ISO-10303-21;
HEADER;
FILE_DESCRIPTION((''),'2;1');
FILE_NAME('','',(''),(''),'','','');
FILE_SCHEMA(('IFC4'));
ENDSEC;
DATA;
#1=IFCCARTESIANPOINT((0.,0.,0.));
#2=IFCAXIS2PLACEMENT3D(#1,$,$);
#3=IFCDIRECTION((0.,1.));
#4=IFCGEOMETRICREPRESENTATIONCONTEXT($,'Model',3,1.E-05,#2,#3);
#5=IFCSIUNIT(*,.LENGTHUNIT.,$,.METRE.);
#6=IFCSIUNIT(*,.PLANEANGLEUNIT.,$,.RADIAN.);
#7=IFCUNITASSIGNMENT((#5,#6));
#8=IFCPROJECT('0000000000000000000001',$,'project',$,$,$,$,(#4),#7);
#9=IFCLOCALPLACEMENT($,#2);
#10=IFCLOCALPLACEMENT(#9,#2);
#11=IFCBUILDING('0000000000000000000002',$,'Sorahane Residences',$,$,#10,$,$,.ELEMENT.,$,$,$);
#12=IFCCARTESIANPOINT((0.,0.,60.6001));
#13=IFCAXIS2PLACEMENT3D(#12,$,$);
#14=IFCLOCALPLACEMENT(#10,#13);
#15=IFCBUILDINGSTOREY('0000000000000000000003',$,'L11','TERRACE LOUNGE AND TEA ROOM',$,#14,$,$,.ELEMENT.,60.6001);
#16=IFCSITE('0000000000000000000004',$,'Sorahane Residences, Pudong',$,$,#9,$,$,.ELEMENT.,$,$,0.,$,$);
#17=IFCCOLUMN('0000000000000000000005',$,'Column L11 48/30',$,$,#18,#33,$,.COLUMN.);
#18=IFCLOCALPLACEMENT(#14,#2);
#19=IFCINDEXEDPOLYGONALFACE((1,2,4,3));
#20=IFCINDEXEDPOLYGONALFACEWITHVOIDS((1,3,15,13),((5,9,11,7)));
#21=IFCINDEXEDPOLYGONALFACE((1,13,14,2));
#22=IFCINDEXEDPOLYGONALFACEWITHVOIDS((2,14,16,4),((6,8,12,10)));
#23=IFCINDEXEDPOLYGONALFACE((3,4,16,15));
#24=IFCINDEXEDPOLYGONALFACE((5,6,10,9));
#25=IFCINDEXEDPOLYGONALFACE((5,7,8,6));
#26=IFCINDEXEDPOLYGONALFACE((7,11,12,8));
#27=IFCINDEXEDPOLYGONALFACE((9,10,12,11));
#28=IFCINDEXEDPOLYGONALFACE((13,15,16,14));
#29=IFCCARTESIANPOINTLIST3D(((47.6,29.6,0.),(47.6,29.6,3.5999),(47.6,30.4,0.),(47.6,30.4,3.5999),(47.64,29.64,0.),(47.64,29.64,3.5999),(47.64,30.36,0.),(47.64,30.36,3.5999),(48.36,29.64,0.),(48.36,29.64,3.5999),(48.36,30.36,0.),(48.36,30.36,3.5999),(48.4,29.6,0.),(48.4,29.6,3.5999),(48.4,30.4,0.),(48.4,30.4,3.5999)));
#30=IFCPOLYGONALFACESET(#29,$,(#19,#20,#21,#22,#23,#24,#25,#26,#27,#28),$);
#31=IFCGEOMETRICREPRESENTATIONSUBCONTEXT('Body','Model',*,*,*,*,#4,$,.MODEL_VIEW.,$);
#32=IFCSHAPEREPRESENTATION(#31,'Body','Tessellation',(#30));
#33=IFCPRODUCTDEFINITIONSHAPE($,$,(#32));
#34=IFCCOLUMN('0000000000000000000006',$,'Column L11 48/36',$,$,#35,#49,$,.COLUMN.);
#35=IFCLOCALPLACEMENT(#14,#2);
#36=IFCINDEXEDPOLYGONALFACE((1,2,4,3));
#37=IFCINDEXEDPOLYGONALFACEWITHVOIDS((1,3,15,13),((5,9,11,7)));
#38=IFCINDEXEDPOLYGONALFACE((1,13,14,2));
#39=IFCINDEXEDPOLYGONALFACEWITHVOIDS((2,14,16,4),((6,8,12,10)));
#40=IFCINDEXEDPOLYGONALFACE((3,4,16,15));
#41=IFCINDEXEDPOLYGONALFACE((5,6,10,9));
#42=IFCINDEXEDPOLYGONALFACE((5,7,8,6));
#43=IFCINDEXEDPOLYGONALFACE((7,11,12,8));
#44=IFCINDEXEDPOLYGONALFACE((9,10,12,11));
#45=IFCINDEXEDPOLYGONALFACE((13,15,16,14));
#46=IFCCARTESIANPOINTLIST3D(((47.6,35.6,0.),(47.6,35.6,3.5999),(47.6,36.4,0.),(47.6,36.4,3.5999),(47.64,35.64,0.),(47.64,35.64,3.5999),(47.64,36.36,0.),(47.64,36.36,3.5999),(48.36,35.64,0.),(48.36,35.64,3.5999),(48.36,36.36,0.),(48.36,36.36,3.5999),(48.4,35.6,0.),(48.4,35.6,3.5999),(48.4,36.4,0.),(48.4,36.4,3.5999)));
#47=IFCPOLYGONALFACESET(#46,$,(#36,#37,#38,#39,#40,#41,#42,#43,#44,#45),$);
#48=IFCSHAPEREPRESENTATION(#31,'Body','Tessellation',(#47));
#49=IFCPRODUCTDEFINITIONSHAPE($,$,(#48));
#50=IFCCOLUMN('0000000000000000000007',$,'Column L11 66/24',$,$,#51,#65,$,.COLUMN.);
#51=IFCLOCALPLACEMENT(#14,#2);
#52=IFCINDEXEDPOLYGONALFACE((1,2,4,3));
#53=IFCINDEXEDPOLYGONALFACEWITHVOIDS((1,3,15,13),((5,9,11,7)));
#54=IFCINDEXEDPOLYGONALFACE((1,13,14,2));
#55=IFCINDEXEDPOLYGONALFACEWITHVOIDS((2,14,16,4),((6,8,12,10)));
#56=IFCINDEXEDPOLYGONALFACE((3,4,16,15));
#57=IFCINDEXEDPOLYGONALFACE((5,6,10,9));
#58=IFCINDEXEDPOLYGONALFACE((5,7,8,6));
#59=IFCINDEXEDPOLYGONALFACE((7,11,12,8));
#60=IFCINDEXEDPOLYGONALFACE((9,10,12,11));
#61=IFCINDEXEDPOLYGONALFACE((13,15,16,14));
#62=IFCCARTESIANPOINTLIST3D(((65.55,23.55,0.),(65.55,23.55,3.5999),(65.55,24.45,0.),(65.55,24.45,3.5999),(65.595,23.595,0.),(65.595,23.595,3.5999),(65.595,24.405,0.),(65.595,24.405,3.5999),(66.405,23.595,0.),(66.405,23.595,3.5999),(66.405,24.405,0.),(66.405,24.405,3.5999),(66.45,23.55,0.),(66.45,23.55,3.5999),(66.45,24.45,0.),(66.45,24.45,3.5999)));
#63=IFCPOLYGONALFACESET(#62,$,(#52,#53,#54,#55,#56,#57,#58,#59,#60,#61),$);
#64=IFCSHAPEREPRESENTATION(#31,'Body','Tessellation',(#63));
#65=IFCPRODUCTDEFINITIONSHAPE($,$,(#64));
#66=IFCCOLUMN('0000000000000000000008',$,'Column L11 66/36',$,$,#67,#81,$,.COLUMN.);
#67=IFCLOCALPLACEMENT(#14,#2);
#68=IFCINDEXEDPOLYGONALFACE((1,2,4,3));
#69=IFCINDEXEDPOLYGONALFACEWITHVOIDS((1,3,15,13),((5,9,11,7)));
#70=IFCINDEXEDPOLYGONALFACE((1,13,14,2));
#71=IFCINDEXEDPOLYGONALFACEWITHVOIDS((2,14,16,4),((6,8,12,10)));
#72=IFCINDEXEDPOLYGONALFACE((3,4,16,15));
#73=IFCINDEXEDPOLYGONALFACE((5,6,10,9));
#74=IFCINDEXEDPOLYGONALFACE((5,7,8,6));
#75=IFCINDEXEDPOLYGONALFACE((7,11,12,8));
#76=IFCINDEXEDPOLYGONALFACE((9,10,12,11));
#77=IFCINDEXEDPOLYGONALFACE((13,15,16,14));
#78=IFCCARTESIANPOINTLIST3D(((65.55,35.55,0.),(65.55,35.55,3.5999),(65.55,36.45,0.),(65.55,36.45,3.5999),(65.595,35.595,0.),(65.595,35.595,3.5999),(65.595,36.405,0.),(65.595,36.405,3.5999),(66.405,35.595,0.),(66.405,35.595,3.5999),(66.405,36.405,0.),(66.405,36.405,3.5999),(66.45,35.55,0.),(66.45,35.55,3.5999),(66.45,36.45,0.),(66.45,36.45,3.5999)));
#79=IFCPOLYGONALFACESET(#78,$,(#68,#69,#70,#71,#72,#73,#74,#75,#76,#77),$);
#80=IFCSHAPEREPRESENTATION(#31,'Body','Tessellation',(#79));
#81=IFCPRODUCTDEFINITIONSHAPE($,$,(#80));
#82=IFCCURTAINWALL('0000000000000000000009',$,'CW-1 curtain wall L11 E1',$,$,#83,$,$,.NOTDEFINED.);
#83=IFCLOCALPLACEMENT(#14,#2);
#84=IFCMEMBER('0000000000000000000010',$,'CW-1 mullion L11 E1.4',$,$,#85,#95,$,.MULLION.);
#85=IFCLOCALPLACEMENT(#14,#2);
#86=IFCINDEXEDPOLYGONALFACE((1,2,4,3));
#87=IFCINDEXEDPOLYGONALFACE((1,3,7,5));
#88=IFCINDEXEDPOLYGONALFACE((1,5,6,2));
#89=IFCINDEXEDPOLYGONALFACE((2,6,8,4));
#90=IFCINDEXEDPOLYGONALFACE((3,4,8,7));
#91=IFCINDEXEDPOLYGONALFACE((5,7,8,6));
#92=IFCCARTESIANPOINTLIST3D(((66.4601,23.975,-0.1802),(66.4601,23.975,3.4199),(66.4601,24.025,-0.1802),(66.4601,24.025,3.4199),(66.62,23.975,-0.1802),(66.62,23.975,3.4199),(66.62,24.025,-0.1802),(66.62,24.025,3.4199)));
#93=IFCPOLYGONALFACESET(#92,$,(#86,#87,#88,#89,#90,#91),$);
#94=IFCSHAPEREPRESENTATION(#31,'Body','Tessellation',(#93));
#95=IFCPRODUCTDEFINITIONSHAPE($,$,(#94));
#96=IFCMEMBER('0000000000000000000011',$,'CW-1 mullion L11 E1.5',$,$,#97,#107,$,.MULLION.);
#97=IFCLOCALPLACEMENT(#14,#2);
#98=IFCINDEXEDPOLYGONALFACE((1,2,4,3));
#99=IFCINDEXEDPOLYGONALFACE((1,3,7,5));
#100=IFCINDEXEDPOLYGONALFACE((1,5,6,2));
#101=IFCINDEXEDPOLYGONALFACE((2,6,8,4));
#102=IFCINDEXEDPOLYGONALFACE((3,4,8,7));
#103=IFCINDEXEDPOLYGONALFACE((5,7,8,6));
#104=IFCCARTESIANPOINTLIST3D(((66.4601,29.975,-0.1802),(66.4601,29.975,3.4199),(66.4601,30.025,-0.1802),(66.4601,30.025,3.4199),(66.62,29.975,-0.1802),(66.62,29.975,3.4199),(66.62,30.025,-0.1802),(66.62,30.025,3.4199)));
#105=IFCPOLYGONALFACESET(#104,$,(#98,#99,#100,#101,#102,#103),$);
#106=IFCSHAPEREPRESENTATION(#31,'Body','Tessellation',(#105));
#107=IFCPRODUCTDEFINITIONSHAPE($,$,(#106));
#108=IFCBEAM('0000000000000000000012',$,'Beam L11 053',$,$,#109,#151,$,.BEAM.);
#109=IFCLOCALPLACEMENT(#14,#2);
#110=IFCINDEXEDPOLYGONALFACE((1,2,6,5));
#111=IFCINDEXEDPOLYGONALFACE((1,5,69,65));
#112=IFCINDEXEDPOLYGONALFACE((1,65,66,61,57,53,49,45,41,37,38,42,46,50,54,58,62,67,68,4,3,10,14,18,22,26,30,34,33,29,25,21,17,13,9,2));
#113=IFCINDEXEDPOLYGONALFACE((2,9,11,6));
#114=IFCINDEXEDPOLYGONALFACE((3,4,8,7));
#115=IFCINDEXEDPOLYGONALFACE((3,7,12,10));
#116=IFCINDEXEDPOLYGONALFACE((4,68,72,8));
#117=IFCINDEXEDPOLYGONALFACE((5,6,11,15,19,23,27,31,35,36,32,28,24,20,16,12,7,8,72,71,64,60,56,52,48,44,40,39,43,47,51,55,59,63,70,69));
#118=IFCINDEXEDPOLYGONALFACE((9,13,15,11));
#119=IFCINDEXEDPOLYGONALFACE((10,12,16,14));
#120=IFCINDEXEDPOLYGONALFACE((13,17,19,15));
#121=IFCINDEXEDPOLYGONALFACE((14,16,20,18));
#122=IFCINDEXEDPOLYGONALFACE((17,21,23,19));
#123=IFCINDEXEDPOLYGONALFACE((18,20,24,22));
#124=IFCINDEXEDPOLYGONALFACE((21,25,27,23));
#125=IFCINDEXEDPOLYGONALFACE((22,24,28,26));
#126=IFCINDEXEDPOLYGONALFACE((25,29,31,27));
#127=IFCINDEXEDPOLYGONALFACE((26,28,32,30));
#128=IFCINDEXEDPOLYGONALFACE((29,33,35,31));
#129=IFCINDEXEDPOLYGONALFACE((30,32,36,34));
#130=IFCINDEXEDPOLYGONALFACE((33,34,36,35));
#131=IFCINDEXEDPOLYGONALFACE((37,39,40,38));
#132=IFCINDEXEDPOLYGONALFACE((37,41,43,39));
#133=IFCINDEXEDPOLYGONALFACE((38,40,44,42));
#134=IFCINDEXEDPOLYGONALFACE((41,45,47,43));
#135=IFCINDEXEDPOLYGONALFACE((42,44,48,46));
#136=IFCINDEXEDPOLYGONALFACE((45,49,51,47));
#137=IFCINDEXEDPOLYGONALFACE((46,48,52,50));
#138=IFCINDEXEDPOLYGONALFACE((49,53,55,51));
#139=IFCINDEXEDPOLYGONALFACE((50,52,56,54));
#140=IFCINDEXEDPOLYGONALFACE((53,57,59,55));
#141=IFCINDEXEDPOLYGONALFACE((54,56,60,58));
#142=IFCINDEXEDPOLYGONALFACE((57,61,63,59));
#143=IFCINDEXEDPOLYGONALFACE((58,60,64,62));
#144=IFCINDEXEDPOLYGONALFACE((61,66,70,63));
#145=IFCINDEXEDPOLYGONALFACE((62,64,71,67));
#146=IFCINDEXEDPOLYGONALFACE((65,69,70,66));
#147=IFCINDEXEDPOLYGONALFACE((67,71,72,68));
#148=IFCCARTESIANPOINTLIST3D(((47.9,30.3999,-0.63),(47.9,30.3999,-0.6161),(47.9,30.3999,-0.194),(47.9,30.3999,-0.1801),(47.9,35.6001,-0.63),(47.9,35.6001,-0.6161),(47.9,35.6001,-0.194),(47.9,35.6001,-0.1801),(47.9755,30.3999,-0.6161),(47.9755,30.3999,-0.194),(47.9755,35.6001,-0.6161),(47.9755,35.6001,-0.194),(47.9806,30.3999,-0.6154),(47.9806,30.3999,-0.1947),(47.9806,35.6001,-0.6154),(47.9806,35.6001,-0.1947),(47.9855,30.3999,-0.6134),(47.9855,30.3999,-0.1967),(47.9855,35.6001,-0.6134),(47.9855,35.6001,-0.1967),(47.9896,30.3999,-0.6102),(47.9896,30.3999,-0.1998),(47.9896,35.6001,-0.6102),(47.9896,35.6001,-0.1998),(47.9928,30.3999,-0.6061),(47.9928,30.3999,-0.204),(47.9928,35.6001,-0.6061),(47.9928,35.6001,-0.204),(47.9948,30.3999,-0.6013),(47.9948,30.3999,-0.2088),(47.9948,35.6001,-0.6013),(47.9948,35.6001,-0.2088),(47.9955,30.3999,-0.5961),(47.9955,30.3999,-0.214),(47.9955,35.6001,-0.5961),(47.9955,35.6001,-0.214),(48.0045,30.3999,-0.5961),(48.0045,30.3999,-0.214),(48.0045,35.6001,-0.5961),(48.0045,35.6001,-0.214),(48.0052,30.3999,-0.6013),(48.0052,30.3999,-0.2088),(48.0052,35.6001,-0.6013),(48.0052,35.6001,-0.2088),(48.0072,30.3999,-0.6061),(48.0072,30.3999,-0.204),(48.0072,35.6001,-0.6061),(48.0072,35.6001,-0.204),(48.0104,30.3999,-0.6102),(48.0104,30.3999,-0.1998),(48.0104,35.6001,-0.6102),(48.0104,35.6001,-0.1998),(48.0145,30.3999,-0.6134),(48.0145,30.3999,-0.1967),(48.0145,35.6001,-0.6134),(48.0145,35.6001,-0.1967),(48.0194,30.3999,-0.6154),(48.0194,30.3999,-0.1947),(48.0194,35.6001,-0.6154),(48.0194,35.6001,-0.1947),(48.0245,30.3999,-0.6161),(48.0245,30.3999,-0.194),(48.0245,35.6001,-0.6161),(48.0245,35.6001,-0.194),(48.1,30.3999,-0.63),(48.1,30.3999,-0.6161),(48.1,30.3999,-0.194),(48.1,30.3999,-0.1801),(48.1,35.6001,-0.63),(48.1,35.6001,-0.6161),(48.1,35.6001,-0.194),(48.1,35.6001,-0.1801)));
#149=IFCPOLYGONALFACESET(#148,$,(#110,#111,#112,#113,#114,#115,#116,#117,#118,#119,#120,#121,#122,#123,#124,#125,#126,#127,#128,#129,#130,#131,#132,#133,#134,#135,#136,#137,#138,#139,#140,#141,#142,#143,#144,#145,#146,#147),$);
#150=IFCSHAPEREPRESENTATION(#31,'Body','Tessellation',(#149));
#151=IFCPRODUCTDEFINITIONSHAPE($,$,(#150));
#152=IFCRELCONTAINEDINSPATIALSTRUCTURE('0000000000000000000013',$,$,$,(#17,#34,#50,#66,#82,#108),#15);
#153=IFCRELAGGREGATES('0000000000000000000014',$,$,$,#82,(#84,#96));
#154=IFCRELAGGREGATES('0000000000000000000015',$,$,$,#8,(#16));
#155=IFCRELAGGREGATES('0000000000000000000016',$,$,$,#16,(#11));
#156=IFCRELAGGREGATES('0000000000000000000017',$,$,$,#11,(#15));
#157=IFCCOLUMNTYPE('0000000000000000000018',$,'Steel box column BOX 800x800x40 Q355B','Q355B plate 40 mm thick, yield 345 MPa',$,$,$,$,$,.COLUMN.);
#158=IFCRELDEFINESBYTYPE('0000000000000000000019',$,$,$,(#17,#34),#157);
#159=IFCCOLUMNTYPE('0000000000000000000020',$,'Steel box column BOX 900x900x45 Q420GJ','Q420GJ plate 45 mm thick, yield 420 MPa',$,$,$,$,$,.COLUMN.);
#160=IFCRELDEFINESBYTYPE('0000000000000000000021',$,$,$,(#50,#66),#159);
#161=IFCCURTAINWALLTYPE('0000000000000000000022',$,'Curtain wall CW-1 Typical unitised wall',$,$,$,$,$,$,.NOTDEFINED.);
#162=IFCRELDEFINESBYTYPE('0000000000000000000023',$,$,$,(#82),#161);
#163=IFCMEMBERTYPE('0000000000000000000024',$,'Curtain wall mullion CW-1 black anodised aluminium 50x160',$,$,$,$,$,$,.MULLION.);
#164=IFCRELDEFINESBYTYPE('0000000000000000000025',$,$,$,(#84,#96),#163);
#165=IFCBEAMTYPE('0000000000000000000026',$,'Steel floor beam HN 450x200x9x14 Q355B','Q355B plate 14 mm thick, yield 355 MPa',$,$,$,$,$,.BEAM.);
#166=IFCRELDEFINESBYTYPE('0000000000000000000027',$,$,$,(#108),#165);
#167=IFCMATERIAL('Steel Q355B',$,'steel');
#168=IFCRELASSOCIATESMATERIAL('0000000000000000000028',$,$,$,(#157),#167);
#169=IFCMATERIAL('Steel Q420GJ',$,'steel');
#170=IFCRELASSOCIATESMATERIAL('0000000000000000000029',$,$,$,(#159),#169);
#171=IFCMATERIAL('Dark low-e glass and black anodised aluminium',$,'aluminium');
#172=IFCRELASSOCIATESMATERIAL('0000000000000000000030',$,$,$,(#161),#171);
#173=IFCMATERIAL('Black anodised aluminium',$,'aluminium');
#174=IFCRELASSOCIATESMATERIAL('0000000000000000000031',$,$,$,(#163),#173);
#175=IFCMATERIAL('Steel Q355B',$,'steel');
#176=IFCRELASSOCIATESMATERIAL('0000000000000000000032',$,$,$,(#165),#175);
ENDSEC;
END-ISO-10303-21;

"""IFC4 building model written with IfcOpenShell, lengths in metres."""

from ifc_helpers import new_model, si_unit, direction, frame, origin, origin_2d, place, context, subcontext, project, spatial, rectangle, hollow_rectangle, i_section, extrude, material, material_profile, profile_set, type_object, element, aggregate, save


model = new_model("IFC4")

# Units and contexts
model_context = context("Model", 3, precision=1e-05, world=origin(), true_north=direction((0.0, 1.0)))
body_context = subcontext(model_context, "Body", "Model", "MODEL_VIEW")
ifc_project = project(units=[si_unit("LENGTHUNIT", "METRE"), si_unit("PLANEANGLEUNIT", "RADIAN")], contexts=[model_context])

# Site, building, storey
site_placement = place(None, origin())
site = spatial("IfcSite", under=ifc_project, at=site_placement, Name="Sorahane Residences, Pudong", CompositionType="ELEMENT", RefElevation=0.0)
building_placement = place(site_placement, origin())
building = spatial("IfcBuilding", under=site, at=building_placement, Name="Sorahane Residences", CompositionType="ELEMENT")
storey_placement = place(building_placement, frame((0.0, 0.0, 60.6001)))
storey = spatial("IfcBuildingStorey", under=building, at=storey_placement, Name="L11", Description="TERRACE LOUNGE AND TEA ROOM", CompositionType="ELEMENT", Elevation=60.6001)

# Columns
ifc_material_1 = material(Name="Steel Q355B", Category="steel")
ifc_material_profile_1 = material_profile(ifc_material_1, hollow_rectangle(XDim=0.8, YDim=0.8, WallThickness=0.04, at=origin_2d()), Name="BOX 800x800x40")
ifc_profile_set_1 = profile_set([ifc_material_profile_1], Name="Steel Q355B")
column_type_1 = type_object("IfcColumnType", Name="Steel box column BOX 800x800x40 Q355B", Description="Q355B plate 40 mm thick, yield 345 MPa", PredefinedType="COLUMN", material=ifc_profile_set_1)
for number, where, z_axis, x_axis, name in (
    (1, (48.0, 30.0, 0.0), (0.0, 0.0, 1.0), (1.0, 0.0, 0.0), "Column L11 48/30"),
    (2, (48.0, 36.0, 0.0), (0.0, 0.0, 1.0), (1.0, 0.0, 0.0), "Column L11 48/36"),
):
    element("IfcColumn", number, at=place(storey_placement, frame(where, z_axis=z_axis, x_axis=x_axis)), inside=storey, type_object=column_type_1, Name=name, PredefinedType="COLUMN", context=body_context, shape_type="SweptSolid", body=[
        extrude(hollow_rectangle(XDim=0.8, YDim=0.8, WallThickness=0.04, at=origin_2d()), origin(), (0.0, 0.0, 1.0), 3.5999),
    ])
ifc_material_2 = material(Name="Steel Q420GJ", Category="steel")
ifc_material_profile_2 = material_profile(ifc_material_2, hollow_rectangle(XDim=0.8999, YDim=0.8999, WallThickness=0.0449, at=origin_2d()), Name="BOX 900x900x45")
ifc_profile_set_2 = profile_set([ifc_material_profile_2], Name="Steel Q420GJ")
column_type_2 = type_object("IfcColumnType", Name="Steel box column BOX 900x900x45 Q420GJ", Description="Q420GJ plate 45 mm thick, yield 420 MPa", PredefinedType="COLUMN", material=ifc_profile_set_2)
for number, where, z_axis, x_axis, name in (
    (3, (66.0, 24.0, 0.0), (0.0, 0.0, 1.0), (1.0, 0.0, 0.0), "Column L11 66/24"),
    (4, (66.0, 36.0, 0.0), (0.0, 0.0, 1.0), (1.0, 0.0, 0.0), "Column L11 66/36"),
):
    element("IfcColumn", number, at=place(storey_placement, frame(where, z_axis=z_axis, x_axis=x_axis)), inside=storey, type_object=column_type_2, Name=name, PredefinedType="COLUMN", context=body_context, shape_type="SweptSolid", body=[
        extrude(hollow_rectangle(XDim=0.8999, YDim=0.8999, WallThickness=0.0449, at=origin_2d()), origin(), (0.0, 0.0, 1.0), 3.5999),
    ])

# Curtain wall, members
ifc_material_3 = material(Name="Dark low-e glass and black anodised aluminium", Category="aluminium")
curtain_wall_type = type_object("IfcCurtainWallType", Name="Curtain wall CW-1 Typical unitised wall", PredefinedType="NOTDEFINED", material=ifc_material_3)
curtain_wall_placement = place(storey_placement, origin())
curtain_wall = element("IfcCurtainWall", 5, at=curtain_wall_placement, inside=storey, type_object=curtain_wall_type, Name="CW-1 curtain wall L11 E1", PredefinedType="NOTDEFINED")
ifc_material_4 = material(Name="Black anodised aluminium", Category="aluminium")
ifc_material_profile_3 = material_profile(ifc_material_4, rectangle(XDim=0.1599, YDim=0.05, at=origin_2d()), Name="Curtain wall mullion CW-1 black anodised aluminium 50x160")
ifc_profile_set_3 = profile_set([ifc_material_profile_3], Name="Black anodised aluminium")
member_type = type_object("IfcMemberType", Name="Curtain wall mullion CW-1 black anodised aluminium 50x160", PredefinedType="MULLION", material=ifc_profile_set_3)
member_1_placement = place(storey_placement, frame((66.54, 24.0, -0.1802), z_axis=(0.0, 0.0, 1.0), x_axis=(1.0, 0.0, 0.0)))
member_1 = element("IfcMember", 6, at=member_1_placement, type_object=member_type, Name="CW-1 mullion L11 E1.4", PredefinedType="MULLION", context=body_context, shape_type="SweptSolid", body=[
    extrude(rectangle(XDim=0.1599, YDim=0.05, at=origin_2d()), origin(), (0.0, 0.0, 1.0), 3.6001),
])
member_2_placement = place(storey_placement, frame((66.54, 30.0, -0.1802), z_axis=(0.0, 0.0, 1.0), x_axis=(1.0, 0.0, 0.0)))
member_2 = element("IfcMember", 7, at=member_2_placement, type_object=member_type, Name="CW-1 mullion L11 E1.5", PredefinedType="MULLION", context=body_context, shape_type="SweptSolid", body=[
    extrude(rectangle(XDim=0.1599, YDim=0.05, at=origin_2d()), origin(), (0.0, 0.0, 1.0), 3.6001),
])

# Beam
ifc_material_5 = material(Name="Steel Q355B", Category="steel")
ifc_material_profile_4 = material_profile(ifc_material_5, i_section(OverallWidth=0.2, OverallDepth=0.45, WebThickness=0.009, FlangeThickness=0.0139, FilletRadius=0.02, at=origin_2d()), Name="HN 450x200x9x14")
ifc_profile_set_4 = profile_set([ifc_material_profile_4], Name="Steel Q355B")
beam_type_1 = type_object("IfcBeamType", Name="Steel floor beam HN 450x200x9x14 Q355B", Description="Q355B plate 14 mm thick, yield 355 MPa", PredefinedType="BEAM", material=ifc_profile_set_4)
beam_1_placement = place(storey_placement, frame((48.0, 30.3999, -0.405), z_axis=(0.0, 1.0, 0.0), x_axis=(-1.0, 0.0, 0.0)))
element("IfcBeam", 8, at=beam_1_placement, inside=storey, type_object=beam_type_1, Name="Beam L11 053", PredefinedType="BEAM", context=body_context, shape_type="SweptSolid", body=[
    extrude(i_section(OverallWidth=0.2, OverallDepth=0.45, WebThickness=0.009, FlangeThickness=0.0139, FilletRadius=0.02, at=origin_2d()), origin(), (0.0, 0.0, 1.0), 5.2002),
])

aggregate(curtain_wall, [member_1, member_2])

save(model, "model.ifc")
